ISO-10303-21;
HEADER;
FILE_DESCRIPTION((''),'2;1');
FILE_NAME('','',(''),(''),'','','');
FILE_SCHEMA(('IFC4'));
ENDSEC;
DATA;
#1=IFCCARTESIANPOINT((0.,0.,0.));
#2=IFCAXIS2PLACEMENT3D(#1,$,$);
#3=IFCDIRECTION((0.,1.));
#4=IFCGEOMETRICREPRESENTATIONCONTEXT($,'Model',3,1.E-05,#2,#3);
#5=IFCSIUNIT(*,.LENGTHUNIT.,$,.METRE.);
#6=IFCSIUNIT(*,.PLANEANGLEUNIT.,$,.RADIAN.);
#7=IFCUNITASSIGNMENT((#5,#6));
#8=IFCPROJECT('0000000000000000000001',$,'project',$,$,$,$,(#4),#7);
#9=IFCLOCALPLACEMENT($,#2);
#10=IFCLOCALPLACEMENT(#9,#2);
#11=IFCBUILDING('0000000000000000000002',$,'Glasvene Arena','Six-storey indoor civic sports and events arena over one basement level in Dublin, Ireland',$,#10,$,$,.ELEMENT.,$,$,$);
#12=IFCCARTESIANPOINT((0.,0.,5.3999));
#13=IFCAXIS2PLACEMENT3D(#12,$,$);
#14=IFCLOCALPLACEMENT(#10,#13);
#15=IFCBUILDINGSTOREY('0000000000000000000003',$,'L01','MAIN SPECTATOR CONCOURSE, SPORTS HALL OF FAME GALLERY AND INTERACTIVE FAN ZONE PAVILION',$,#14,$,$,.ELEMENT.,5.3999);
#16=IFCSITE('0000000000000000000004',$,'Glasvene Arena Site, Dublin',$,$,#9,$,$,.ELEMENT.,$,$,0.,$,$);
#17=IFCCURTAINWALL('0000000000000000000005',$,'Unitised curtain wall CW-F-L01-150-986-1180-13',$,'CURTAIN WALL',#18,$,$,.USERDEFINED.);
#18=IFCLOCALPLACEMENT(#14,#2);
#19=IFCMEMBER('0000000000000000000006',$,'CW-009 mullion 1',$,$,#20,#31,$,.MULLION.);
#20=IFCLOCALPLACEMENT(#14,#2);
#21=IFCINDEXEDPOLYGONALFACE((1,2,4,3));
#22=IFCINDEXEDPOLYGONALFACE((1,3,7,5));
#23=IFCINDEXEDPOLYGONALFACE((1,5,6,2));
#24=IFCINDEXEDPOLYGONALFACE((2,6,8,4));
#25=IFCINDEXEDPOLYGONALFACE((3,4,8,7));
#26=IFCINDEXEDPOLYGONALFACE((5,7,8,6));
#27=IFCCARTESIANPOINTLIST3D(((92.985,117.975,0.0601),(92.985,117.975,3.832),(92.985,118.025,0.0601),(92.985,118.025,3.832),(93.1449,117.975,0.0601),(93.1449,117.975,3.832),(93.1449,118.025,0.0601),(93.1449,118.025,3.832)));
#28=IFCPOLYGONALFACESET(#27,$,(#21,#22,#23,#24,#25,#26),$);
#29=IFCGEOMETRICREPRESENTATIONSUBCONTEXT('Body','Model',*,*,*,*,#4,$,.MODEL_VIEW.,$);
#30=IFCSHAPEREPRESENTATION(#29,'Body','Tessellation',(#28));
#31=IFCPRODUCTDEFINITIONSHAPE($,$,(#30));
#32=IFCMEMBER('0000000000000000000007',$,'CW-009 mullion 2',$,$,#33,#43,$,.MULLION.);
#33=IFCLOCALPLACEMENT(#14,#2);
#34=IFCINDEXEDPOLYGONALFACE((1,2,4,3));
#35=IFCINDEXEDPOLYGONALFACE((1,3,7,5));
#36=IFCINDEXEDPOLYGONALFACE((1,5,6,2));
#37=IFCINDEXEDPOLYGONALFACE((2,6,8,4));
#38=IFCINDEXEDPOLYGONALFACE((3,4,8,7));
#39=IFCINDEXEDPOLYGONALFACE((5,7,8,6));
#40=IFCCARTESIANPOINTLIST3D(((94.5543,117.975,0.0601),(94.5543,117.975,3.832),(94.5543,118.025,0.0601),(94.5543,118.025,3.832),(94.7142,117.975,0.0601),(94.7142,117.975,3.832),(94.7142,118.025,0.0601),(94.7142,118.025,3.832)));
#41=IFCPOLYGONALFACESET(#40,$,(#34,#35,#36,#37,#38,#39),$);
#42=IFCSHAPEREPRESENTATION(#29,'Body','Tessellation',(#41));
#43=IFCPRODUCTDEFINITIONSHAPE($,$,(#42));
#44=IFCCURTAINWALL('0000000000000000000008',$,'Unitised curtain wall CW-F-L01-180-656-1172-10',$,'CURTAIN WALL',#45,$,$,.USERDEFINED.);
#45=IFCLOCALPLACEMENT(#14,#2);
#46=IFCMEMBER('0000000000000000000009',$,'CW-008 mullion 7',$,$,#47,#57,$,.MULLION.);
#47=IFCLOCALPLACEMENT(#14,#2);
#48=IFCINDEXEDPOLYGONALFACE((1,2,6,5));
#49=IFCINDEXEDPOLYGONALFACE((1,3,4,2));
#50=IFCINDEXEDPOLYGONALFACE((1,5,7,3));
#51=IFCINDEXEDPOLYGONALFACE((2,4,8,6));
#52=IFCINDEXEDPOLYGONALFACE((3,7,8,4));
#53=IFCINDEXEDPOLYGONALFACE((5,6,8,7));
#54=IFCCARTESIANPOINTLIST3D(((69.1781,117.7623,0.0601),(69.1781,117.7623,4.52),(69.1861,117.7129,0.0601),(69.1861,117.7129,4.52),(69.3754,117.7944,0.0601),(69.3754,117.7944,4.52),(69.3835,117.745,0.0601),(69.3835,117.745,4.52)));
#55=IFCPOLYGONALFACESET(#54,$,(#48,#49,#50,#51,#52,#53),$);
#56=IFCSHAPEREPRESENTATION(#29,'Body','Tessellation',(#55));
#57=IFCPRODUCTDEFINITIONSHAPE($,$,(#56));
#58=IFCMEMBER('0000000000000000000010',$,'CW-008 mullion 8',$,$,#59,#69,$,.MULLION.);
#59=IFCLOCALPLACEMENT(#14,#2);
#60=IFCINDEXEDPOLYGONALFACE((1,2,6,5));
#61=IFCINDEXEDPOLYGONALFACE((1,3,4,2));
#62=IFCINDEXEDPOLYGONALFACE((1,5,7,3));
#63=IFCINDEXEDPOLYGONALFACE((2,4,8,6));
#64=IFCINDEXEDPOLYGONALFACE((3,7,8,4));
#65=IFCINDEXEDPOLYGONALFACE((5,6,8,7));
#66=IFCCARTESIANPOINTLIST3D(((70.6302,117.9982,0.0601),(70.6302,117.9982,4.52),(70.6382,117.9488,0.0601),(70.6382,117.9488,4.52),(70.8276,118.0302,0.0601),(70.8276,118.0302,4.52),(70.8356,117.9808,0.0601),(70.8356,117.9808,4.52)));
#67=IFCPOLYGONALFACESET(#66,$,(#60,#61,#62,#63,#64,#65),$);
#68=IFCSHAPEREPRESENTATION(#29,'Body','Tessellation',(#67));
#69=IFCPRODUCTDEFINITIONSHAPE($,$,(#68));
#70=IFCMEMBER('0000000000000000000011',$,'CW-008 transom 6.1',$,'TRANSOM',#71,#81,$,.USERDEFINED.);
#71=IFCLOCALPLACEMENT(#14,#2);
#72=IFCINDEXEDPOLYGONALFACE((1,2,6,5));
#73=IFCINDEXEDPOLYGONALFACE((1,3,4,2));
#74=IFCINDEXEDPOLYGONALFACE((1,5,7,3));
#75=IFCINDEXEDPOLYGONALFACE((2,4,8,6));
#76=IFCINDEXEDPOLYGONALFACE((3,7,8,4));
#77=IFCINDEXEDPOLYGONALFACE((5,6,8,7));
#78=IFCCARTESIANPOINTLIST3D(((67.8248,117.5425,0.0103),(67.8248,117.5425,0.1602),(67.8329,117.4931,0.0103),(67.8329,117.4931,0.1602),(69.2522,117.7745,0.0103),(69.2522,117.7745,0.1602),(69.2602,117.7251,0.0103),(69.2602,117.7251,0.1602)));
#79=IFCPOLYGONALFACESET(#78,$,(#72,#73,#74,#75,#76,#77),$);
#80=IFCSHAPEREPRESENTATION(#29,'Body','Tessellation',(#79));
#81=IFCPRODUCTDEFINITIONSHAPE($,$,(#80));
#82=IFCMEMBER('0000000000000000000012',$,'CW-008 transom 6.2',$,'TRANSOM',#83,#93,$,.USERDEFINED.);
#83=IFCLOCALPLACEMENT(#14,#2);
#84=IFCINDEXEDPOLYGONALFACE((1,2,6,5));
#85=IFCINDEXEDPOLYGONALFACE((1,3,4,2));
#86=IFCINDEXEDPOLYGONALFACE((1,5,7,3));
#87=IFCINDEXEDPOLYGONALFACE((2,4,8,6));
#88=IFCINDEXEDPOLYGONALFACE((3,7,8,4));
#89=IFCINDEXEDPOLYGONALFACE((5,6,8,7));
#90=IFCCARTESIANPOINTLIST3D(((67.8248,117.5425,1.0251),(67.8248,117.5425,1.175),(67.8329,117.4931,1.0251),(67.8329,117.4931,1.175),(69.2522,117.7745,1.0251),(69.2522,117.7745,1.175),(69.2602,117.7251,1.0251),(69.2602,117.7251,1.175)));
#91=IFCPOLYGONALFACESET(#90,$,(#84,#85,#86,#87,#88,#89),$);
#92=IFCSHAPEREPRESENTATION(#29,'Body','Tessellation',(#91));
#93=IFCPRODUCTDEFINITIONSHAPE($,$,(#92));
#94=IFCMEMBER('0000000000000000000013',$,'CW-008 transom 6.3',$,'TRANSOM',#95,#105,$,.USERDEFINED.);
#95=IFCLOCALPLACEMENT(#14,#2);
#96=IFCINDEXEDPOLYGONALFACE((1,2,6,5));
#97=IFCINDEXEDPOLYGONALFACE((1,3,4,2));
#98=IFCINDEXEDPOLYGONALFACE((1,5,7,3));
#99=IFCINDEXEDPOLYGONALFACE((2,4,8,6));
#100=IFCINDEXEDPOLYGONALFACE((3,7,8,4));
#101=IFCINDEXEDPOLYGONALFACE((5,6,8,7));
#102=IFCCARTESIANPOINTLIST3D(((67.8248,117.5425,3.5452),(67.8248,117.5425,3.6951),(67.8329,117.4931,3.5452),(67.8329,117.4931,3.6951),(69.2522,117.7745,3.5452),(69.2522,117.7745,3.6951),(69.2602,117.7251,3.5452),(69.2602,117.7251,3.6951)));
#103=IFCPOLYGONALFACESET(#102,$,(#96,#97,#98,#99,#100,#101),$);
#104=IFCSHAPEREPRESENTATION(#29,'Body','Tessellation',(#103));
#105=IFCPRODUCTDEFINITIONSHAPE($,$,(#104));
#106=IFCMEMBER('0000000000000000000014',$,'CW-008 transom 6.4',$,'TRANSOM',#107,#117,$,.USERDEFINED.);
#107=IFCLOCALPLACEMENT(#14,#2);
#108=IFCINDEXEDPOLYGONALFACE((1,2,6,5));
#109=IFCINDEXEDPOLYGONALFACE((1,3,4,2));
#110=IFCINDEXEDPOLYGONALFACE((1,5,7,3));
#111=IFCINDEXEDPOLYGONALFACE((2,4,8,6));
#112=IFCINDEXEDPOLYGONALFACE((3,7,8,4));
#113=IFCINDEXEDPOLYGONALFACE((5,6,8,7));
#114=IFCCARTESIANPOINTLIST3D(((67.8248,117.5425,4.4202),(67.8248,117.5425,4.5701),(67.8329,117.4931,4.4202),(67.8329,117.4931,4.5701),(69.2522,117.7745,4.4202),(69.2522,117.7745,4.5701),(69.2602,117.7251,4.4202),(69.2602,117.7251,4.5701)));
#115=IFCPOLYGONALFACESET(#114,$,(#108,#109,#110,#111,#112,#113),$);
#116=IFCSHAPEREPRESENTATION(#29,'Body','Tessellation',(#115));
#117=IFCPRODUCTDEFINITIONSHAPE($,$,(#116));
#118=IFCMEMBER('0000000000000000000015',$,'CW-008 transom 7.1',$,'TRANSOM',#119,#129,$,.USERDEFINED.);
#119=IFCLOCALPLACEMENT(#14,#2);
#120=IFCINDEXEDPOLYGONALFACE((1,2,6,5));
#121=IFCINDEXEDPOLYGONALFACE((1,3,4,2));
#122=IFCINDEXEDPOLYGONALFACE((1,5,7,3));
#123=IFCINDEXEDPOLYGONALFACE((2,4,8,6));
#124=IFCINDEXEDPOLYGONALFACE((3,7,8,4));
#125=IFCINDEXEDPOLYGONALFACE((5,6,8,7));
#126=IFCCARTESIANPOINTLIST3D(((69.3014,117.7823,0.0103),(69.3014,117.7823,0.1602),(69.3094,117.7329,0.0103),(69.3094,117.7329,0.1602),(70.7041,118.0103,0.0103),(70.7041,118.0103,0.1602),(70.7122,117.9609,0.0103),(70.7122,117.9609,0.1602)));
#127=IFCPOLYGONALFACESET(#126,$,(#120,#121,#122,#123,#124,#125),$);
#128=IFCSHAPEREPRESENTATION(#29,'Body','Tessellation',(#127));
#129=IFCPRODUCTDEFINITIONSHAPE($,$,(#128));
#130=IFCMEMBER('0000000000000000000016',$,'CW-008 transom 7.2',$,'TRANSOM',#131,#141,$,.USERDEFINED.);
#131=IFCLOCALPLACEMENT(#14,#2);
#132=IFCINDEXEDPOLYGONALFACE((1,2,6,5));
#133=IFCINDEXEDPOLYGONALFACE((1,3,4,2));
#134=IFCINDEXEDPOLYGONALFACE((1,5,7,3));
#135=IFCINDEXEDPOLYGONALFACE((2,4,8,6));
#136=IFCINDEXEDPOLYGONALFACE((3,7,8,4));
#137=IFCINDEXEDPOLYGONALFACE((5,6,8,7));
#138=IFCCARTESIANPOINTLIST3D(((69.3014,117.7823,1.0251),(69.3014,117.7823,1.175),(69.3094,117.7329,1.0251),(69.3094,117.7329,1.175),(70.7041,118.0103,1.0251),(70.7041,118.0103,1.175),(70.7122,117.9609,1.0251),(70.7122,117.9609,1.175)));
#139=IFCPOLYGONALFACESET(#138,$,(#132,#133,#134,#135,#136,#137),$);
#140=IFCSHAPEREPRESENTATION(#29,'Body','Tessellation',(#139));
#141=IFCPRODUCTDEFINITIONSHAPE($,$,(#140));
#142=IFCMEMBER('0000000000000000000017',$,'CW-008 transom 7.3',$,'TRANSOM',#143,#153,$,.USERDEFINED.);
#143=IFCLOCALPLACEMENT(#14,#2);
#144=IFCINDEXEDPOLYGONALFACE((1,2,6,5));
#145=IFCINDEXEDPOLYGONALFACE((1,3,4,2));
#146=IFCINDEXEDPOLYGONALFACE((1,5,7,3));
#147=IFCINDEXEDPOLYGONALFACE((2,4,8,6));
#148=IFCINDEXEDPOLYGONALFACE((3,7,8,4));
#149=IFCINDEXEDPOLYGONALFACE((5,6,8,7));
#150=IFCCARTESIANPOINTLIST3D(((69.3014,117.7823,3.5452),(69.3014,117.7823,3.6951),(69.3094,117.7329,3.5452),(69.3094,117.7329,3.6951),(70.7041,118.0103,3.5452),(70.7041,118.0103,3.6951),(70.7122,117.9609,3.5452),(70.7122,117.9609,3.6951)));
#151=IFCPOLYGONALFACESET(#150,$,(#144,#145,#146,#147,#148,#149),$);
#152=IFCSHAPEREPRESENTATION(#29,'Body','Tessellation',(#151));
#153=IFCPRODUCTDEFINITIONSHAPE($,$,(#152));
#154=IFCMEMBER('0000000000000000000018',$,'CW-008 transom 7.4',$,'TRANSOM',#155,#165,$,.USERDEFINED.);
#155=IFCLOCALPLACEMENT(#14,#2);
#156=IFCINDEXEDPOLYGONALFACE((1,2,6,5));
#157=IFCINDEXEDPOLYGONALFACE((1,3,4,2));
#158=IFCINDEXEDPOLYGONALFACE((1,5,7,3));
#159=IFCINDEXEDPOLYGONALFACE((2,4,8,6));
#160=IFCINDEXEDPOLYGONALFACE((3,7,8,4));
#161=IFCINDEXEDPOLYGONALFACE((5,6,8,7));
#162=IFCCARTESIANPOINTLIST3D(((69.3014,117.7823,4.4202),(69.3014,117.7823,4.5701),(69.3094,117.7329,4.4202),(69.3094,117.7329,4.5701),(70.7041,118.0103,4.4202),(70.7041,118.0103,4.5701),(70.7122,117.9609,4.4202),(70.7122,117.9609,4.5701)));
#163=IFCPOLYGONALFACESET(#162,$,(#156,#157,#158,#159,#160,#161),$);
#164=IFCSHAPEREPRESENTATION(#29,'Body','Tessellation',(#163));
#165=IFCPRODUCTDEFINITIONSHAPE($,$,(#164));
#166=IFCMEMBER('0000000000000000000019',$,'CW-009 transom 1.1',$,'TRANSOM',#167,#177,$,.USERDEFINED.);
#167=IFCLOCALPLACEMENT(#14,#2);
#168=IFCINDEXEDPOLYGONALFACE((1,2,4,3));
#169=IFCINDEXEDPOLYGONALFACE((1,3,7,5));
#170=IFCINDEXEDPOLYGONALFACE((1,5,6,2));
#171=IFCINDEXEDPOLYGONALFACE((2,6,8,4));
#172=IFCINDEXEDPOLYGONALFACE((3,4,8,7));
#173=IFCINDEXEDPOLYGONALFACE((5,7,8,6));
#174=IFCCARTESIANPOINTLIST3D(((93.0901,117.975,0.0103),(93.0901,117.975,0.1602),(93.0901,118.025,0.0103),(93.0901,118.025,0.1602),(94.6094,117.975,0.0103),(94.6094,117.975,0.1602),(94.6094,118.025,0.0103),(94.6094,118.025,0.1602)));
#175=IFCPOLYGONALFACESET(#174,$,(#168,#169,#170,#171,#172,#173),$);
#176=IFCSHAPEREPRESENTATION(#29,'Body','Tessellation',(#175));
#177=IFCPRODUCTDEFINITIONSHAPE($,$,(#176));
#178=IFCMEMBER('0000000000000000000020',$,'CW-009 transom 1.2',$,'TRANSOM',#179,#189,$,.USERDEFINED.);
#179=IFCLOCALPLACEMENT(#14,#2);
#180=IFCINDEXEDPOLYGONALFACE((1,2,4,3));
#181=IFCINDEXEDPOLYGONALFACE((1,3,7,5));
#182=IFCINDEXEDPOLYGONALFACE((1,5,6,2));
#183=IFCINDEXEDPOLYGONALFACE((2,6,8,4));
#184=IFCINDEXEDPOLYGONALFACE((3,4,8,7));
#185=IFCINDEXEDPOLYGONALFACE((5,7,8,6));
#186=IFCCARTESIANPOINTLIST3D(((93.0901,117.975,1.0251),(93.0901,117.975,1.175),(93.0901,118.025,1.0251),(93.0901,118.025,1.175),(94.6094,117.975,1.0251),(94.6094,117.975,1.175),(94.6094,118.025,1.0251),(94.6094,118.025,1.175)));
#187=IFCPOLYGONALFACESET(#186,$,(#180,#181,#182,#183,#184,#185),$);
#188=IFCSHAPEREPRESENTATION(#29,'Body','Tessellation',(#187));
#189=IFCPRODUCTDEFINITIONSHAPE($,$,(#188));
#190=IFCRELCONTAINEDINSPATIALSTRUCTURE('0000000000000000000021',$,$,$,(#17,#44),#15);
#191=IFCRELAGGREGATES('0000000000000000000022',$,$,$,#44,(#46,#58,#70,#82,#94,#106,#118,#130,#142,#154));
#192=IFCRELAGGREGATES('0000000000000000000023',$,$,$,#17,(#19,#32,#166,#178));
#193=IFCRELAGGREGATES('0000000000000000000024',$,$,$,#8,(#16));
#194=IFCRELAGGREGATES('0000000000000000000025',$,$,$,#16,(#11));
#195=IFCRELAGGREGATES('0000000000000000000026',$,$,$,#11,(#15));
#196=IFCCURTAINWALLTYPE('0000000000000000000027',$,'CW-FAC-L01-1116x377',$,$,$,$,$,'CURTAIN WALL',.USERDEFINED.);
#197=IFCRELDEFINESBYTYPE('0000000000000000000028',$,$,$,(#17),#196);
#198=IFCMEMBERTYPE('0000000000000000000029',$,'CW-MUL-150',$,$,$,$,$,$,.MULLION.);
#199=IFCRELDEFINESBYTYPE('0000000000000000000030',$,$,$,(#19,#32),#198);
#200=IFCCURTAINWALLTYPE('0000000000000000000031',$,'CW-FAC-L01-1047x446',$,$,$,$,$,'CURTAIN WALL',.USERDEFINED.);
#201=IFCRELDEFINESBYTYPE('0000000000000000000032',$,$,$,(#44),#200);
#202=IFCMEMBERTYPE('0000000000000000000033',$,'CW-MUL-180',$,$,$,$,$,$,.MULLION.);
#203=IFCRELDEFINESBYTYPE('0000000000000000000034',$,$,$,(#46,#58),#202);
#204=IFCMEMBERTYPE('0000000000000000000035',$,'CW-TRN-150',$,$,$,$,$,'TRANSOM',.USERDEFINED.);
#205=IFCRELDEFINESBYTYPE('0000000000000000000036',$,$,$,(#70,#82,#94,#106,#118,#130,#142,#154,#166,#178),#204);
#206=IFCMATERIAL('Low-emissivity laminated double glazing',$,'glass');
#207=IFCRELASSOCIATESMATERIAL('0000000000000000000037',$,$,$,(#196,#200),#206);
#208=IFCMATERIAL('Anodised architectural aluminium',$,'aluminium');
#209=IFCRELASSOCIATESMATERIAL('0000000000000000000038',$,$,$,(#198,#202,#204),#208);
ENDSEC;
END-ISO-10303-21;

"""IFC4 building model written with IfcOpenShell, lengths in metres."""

from ifc_helpers import new_model, si_unit, direction, frame, origin, origin_2d, place, context, subcontext, project, spatial, rectangle, extrude, material, material_profile, profile_set, type_object, element, aggregate, save


model = new_model("IFC4")

# Units and contexts
model_context = context("Model", 3, precision=1e-05, world=origin(), true_north=direction((0.0, 1.0)))
body_context = subcontext(model_context, "Body", "Model", "MODEL_VIEW")
ifc_project = project(units=[si_unit("LENGTHUNIT", "METRE"), si_unit("PLANEANGLEUNIT", "RADIAN")], contexts=[model_context])

# Site, building, storey
site_placement = place(None, origin())
site = spatial("IfcSite", under=ifc_project, at=site_placement, Name="Glasvene Arena Site, Dublin", CompositionType="ELEMENT", RefElevation=0.0)
building_placement = place(site_placement, origin())
building = spatial("IfcBuilding", under=site, at=building_placement, Name="Glasvene Arena", Description="Six-storey indoor civic sports and events arena over one basement level in Dublin, Ireland", CompositionType="ELEMENT")
storey_placement = place(building_placement, frame((0.0, 0.0, 5.3999)))
storey = spatial("IfcBuildingStorey", under=building, at=storey_placement, Name="L01", Description="MAIN SPECTATOR CONCOURSE, SPORTS HALL OF FAME GALLERY AND INTERACTIVE FAN ZONE PAVILION", CompositionType="ELEMENT", Elevation=5.3999)

# Curtain walls, members
ifc_material_1 = material(Name="Low-emissivity laminated double glazing", Category="glass")
curtain_wall_type_1 = type_object("IfcCurtainWallType", Name="CW-FAC-L01-1116x377", ElementType="CURTAIN WALL", PredefinedType="USERDEFINED", material=ifc_material_1)
curtain_wall_1_placement = place(storey_placement, frame((93.04, 118.0, 0.0)))
curtain_wall_1 = element("IfcCurtainWall", 1, at=curtain_wall_1_placement, inside=storey, type_object=curtain_wall_type_1, Name="Unitised curtain wall CW-F-L01-150-986-1180-13", ObjectType="CURTAIN WALL", PredefinedType="USERDEFINED")
ifc_material_2 = material(Name="Anodised architectural aluminium", Category="aluminium")
ifc_material_profile_1 = material_profile(ifc_material_2, rectangle(XDim=0.05, YDim=0.1599, at=origin_2d()), Name="ALU MULLION 50x160")
ifc_profile_set_1 = profile_set([ifc_material_profile_1], Name="Anodised architectural aluminium")
member_type_1 = type_object("IfcMemberType", Name="CW-MUL-150", PredefinedType="MULLION", material=ifc_profile_set_1)
member_1_placement = place(storey_placement, frame((93.0649, 118.0, 0.0601), z_axis=(0.0, 0.0, 1.0), x_axis=(0.0, 1.0, 0.0)))
member_1 = element("IfcMember", 2, at=member_1_placement, type_object=member_type_1, Name="CW-009 mullion 1", PredefinedType="MULLION", context=body_context, shape_type="SweptSolid", body=[
    extrude(rectangle(XDim=0.05, YDim=0.1599, at=origin_2d()), origin(), (0.0, 0.0, 1.0), 3.772),
])
member_2_placement = place(storey_placement, frame((94.6343, 118.0, 0.0601), z_axis=(0.0, 0.0, 1.0), x_axis=(0.0, 1.0, 0.0)))
member_2 = element("IfcMember", 3, at=member_2_placement, type_object=member_type_1, Name="CW-009 mullion 2", PredefinedType="MULLION", context=body_context, shape_type="SweptSolid", body=[
    extrude(rectangle(XDim=0.05, YDim=0.1599, at=origin_2d()), origin(), (0.0, 0.0, 1.0), 3.772),
])
curtain_wall_type_2 = type_object("IfcCurtainWallType", Name="CW-FAC-L01-1047x446", ElementType="CURTAIN WALL", PredefinedType="USERDEFINED", material=ifc_material_1)
curtain_wall_2_placement = place(storey_placement, frame((60.4204, 116.3142, 0.0)))
curtain_wall_2 = element("IfcCurtainWall", 4, at=curtain_wall_2_placement, inside=storey, type_object=curtain_wall_type_2, Name="Unitised curtain wall CW-F-L01-180-656-1172-10", ObjectType="CURTAIN WALL", PredefinedType="USERDEFINED")
ifc_material_profile_2 = material_profile(ifc_material_2, rectangle(XDim=0.05, YDim=0.2, at=origin_2d()), Name="ALU MULLION 50x200")
ifc_profile_set_2 = profile_set([ifc_material_profile_2], Name="Anodised architectural aluminium")
member_type_2 = type_object("IfcMemberType", Name="CW-MUL-180", PredefinedType="MULLION", material=ifc_profile_set_2)
member_3_placement = place(storey_placement, frame((69.2808, 117.7537, 0.0601), z_axis=(0.0, 0.0, 1.0), x_axis=(-0.160367, 0.987057, 0.0)))
member_3 = element("IfcMember", 5, at=member_3_placement, type_object=member_type_2, Name="CW-008 mullion 7", PredefinedType="MULLION", context=body_context, shape_type="SweptSolid", body=[
    extrude(rectangle(XDim=0.05, YDim=0.2, at=origin_2d()), origin(), (0.0, 0.0, 1.0), 4.46),
])
member_4_placement = place(storey_placement, frame((70.7329, 117.9895, 0.0601), z_axis=(0.0, 0.0, 1.0), x_axis=(-0.160367, 0.987057, 0.0)))
member_4 = element("IfcMember", 6, at=member_4_placement, type_object=member_type_2, Name="CW-008 mullion 8", PredefinedType="MULLION", context=body_context, shape_type="SweptSolid", body=[
    extrude(rectangle(XDim=0.05, YDim=0.2, at=origin_2d()), origin(), (0.0, 0.0, 1.0), 4.46),
])
ifc_material_profile_3 = material_profile(ifc_material_2, rectangle(XDim=0.05, YDim=0.1499, at=origin_2d()), Name="ALU TRANSOM 50x150")
ifc_profile_set_3 = profile_set([ifc_material_profile_3], Name="Anodised architectural aluminium")
member_type_3 = type_object("IfcMemberType", Name="CW-TRN-150", ElementType="TRANSOM", PredefinedType="USERDEFINED", material=ifc_profile_set_3)
member_5_placement = place(storey_placement, frame((67.8289, 117.5178, 0.0852), z_axis=(0.987052, 0.1604, 0.0), x_axis=(-0.1604, 0.987052, 0.0)))
member_5 = element("IfcMember", 7, at=member_5_placement, type_object=member_type_3, Name="CW-008 transom 6.1", ObjectType="TRANSOM", PredefinedType="USERDEFINED", context=body_context, shape_type="SweptSolid", body=[
    extrude(rectangle(XDim=0.05, YDim=0.1499, at=origin_2d()), origin(), (0.0, 0.0, 1.0), 1.446),
])
member_6_placement = place(storey_placement, frame((67.8289, 117.5178, 1.1001), z_axis=(0.987052, 0.1604, 0.0), x_axis=(-0.1604, 0.987052, 0.0)))
member_6 = element("IfcMember", 8, at=member_6_placement, type_object=member_type_3, Name="CW-008 transom 6.2", ObjectType="TRANSOM", PredefinedType="USERDEFINED", context=body_context, shape_type="SweptSolid", body=[
    extrude(rectangle(XDim=0.05, YDim=0.1499, at=origin_2d()), origin(), (0.0, 0.0, 1.0), 1.446),
])
member_7_placement = place(storey_placement, frame((67.8289, 117.5178, 3.6201), z_axis=(0.987052, 0.1604, 0.0), x_axis=(-0.1604, 0.987052, 0.0)))
member_7 = element("IfcMember", 9, at=member_7_placement, type_object=member_type_3, Name="CW-008 transom 6.3", ObjectType="TRANSOM", PredefinedType="USERDEFINED", context=body_context, shape_type="SweptSolid", body=[
    extrude(rectangle(XDim=0.05, YDim=0.1499, at=origin_2d()), origin(), (0.0, 0.0, 1.0), 1.446),
])
member_8_placement = place(storey_placement, frame((67.8289, 117.5178, 4.4951), z_axis=(0.987052, 0.1604, 0.0), x_axis=(-0.1604, 0.987052, 0.0)))
member_8 = element("IfcMember", 10, at=member_8_placement, type_object=member_type_3, Name="CW-008 transom 6.4", ObjectType="TRANSOM", PredefinedType="USERDEFINED", context=body_context, shape_type="SweptSolid", body=[
    extrude(rectangle(XDim=0.05, YDim=0.1499, at=origin_2d()), origin(), (0.0, 0.0, 1.0), 1.446),
])
member_9_placement = place(storey_placement, frame((69.3054, 117.7576, 0.0852), z_axis=(0.987045, 0.160442, 0.0), x_axis=(-0.160442, 0.987045, 0.0)))
member_9 = element("IfcMember", 11, at=member_9_placement, type_object=member_type_3, Name="CW-008 transom 7.1", ObjectType="TRANSOM", PredefinedType="USERDEFINED", context=body_context, shape_type="SweptSolid", body=[
    extrude(rectangle(XDim=0.05, YDim=0.1499, at=origin_2d()), origin(), (0.0, 0.0, 1.0), 1.4211),
])
member_10_placement = place(storey_placement, frame((69.3054, 117.7576, 1.1001), z_axis=(0.987045, 0.160442, 0.0), x_axis=(-0.160442, 0.987045, 0.0)))
member_10 = element("IfcMember", 12, at=member_10_placement, type_object=member_type_3, Name="CW-008 transom 7.2", ObjectType="TRANSOM", PredefinedType="USERDEFINED", context=body_context, shape_type="SweptSolid", body=[
    extrude(rectangle(XDim=0.05, YDim=0.1499, at=origin_2d()), origin(), (0.0, 0.0, 1.0), 1.4211),
])
member_11_placement = place(storey_placement, frame((69.3054, 117.7576, 3.6201), z_axis=(0.987045, 0.160442, 0.0), x_axis=(-0.160442, 0.987045, 0.0)))
member_11 = element("IfcMember", 13, at=member_11_placement, type_object=member_type_3, Name="CW-008 transom 7.3", ObjectType="TRANSOM", PredefinedType="USERDEFINED", context=body_context, shape_type="SweptSolid", body=[
    extrude(rectangle(XDim=0.05, YDim=0.1499, at=origin_2d()), origin(), (0.0, 0.0, 1.0), 1.4211),
])
member_12_placement = place(storey_placement, frame((69.3054, 117.7576, 4.4951), z_axis=(0.987045, 0.160442, 0.0), x_axis=(-0.160442, 0.987045, 0.0)))
member_12 = element("IfcMember", 14, at=member_12_placement, type_object=member_type_3, Name="CW-008 transom 7.4", ObjectType="TRANSOM", PredefinedType="USERDEFINED", context=body_context, shape_type="SweptSolid", body=[
    extrude(rectangle(XDim=0.05, YDim=0.1499, at=origin_2d()), origin(), (0.0, 0.0, 1.0), 1.4211),
])

# Members
member_13_placement = place(storey_placement, frame((93.0901, 118.0, 0.0852), z_axis=(1.0, 0.0, 0.0), x_axis=(0.0, 1.0, 0.0)))
member_13 = element("IfcMember", 15, at=member_13_placement, type_object=member_type_3, Name="CW-009 transom 1.1", ObjectType="TRANSOM", PredefinedType="USERDEFINED", context=body_context, shape_type="SweptSolid", body=[
    extrude(rectangle(XDim=0.05, YDim=0.1499, at=origin_2d()), origin(), (0.0, 0.0, 1.0), 1.5193),
])
member_14_placement = place(storey_placement, frame((93.0901, 118.0, 1.1001), z_axis=(1.0, 0.0, 0.0), x_axis=(0.0, 1.0, 0.0)))
member_14 = element("IfcMember", 16, at=member_14_placement, type_object=member_type_3, Name="CW-009 transom 1.2", ObjectType="TRANSOM", PredefinedType="USERDEFINED", context=body_context, shape_type="SweptSolid", body=[
    extrude(rectangle(XDim=0.05, YDim=0.1499, at=origin_2d()), origin(), (0.0, 0.0, 1.0), 1.5193),
])

aggregate(curtain_wall_2, [member_3, member_4, member_5, member_6, member_7, member_8, member_9, member_10, member_11, member_12])
aggregate(curtain_wall_1, [member_1, member_2, member_13, member_14])

save(model, "model.ifc")
